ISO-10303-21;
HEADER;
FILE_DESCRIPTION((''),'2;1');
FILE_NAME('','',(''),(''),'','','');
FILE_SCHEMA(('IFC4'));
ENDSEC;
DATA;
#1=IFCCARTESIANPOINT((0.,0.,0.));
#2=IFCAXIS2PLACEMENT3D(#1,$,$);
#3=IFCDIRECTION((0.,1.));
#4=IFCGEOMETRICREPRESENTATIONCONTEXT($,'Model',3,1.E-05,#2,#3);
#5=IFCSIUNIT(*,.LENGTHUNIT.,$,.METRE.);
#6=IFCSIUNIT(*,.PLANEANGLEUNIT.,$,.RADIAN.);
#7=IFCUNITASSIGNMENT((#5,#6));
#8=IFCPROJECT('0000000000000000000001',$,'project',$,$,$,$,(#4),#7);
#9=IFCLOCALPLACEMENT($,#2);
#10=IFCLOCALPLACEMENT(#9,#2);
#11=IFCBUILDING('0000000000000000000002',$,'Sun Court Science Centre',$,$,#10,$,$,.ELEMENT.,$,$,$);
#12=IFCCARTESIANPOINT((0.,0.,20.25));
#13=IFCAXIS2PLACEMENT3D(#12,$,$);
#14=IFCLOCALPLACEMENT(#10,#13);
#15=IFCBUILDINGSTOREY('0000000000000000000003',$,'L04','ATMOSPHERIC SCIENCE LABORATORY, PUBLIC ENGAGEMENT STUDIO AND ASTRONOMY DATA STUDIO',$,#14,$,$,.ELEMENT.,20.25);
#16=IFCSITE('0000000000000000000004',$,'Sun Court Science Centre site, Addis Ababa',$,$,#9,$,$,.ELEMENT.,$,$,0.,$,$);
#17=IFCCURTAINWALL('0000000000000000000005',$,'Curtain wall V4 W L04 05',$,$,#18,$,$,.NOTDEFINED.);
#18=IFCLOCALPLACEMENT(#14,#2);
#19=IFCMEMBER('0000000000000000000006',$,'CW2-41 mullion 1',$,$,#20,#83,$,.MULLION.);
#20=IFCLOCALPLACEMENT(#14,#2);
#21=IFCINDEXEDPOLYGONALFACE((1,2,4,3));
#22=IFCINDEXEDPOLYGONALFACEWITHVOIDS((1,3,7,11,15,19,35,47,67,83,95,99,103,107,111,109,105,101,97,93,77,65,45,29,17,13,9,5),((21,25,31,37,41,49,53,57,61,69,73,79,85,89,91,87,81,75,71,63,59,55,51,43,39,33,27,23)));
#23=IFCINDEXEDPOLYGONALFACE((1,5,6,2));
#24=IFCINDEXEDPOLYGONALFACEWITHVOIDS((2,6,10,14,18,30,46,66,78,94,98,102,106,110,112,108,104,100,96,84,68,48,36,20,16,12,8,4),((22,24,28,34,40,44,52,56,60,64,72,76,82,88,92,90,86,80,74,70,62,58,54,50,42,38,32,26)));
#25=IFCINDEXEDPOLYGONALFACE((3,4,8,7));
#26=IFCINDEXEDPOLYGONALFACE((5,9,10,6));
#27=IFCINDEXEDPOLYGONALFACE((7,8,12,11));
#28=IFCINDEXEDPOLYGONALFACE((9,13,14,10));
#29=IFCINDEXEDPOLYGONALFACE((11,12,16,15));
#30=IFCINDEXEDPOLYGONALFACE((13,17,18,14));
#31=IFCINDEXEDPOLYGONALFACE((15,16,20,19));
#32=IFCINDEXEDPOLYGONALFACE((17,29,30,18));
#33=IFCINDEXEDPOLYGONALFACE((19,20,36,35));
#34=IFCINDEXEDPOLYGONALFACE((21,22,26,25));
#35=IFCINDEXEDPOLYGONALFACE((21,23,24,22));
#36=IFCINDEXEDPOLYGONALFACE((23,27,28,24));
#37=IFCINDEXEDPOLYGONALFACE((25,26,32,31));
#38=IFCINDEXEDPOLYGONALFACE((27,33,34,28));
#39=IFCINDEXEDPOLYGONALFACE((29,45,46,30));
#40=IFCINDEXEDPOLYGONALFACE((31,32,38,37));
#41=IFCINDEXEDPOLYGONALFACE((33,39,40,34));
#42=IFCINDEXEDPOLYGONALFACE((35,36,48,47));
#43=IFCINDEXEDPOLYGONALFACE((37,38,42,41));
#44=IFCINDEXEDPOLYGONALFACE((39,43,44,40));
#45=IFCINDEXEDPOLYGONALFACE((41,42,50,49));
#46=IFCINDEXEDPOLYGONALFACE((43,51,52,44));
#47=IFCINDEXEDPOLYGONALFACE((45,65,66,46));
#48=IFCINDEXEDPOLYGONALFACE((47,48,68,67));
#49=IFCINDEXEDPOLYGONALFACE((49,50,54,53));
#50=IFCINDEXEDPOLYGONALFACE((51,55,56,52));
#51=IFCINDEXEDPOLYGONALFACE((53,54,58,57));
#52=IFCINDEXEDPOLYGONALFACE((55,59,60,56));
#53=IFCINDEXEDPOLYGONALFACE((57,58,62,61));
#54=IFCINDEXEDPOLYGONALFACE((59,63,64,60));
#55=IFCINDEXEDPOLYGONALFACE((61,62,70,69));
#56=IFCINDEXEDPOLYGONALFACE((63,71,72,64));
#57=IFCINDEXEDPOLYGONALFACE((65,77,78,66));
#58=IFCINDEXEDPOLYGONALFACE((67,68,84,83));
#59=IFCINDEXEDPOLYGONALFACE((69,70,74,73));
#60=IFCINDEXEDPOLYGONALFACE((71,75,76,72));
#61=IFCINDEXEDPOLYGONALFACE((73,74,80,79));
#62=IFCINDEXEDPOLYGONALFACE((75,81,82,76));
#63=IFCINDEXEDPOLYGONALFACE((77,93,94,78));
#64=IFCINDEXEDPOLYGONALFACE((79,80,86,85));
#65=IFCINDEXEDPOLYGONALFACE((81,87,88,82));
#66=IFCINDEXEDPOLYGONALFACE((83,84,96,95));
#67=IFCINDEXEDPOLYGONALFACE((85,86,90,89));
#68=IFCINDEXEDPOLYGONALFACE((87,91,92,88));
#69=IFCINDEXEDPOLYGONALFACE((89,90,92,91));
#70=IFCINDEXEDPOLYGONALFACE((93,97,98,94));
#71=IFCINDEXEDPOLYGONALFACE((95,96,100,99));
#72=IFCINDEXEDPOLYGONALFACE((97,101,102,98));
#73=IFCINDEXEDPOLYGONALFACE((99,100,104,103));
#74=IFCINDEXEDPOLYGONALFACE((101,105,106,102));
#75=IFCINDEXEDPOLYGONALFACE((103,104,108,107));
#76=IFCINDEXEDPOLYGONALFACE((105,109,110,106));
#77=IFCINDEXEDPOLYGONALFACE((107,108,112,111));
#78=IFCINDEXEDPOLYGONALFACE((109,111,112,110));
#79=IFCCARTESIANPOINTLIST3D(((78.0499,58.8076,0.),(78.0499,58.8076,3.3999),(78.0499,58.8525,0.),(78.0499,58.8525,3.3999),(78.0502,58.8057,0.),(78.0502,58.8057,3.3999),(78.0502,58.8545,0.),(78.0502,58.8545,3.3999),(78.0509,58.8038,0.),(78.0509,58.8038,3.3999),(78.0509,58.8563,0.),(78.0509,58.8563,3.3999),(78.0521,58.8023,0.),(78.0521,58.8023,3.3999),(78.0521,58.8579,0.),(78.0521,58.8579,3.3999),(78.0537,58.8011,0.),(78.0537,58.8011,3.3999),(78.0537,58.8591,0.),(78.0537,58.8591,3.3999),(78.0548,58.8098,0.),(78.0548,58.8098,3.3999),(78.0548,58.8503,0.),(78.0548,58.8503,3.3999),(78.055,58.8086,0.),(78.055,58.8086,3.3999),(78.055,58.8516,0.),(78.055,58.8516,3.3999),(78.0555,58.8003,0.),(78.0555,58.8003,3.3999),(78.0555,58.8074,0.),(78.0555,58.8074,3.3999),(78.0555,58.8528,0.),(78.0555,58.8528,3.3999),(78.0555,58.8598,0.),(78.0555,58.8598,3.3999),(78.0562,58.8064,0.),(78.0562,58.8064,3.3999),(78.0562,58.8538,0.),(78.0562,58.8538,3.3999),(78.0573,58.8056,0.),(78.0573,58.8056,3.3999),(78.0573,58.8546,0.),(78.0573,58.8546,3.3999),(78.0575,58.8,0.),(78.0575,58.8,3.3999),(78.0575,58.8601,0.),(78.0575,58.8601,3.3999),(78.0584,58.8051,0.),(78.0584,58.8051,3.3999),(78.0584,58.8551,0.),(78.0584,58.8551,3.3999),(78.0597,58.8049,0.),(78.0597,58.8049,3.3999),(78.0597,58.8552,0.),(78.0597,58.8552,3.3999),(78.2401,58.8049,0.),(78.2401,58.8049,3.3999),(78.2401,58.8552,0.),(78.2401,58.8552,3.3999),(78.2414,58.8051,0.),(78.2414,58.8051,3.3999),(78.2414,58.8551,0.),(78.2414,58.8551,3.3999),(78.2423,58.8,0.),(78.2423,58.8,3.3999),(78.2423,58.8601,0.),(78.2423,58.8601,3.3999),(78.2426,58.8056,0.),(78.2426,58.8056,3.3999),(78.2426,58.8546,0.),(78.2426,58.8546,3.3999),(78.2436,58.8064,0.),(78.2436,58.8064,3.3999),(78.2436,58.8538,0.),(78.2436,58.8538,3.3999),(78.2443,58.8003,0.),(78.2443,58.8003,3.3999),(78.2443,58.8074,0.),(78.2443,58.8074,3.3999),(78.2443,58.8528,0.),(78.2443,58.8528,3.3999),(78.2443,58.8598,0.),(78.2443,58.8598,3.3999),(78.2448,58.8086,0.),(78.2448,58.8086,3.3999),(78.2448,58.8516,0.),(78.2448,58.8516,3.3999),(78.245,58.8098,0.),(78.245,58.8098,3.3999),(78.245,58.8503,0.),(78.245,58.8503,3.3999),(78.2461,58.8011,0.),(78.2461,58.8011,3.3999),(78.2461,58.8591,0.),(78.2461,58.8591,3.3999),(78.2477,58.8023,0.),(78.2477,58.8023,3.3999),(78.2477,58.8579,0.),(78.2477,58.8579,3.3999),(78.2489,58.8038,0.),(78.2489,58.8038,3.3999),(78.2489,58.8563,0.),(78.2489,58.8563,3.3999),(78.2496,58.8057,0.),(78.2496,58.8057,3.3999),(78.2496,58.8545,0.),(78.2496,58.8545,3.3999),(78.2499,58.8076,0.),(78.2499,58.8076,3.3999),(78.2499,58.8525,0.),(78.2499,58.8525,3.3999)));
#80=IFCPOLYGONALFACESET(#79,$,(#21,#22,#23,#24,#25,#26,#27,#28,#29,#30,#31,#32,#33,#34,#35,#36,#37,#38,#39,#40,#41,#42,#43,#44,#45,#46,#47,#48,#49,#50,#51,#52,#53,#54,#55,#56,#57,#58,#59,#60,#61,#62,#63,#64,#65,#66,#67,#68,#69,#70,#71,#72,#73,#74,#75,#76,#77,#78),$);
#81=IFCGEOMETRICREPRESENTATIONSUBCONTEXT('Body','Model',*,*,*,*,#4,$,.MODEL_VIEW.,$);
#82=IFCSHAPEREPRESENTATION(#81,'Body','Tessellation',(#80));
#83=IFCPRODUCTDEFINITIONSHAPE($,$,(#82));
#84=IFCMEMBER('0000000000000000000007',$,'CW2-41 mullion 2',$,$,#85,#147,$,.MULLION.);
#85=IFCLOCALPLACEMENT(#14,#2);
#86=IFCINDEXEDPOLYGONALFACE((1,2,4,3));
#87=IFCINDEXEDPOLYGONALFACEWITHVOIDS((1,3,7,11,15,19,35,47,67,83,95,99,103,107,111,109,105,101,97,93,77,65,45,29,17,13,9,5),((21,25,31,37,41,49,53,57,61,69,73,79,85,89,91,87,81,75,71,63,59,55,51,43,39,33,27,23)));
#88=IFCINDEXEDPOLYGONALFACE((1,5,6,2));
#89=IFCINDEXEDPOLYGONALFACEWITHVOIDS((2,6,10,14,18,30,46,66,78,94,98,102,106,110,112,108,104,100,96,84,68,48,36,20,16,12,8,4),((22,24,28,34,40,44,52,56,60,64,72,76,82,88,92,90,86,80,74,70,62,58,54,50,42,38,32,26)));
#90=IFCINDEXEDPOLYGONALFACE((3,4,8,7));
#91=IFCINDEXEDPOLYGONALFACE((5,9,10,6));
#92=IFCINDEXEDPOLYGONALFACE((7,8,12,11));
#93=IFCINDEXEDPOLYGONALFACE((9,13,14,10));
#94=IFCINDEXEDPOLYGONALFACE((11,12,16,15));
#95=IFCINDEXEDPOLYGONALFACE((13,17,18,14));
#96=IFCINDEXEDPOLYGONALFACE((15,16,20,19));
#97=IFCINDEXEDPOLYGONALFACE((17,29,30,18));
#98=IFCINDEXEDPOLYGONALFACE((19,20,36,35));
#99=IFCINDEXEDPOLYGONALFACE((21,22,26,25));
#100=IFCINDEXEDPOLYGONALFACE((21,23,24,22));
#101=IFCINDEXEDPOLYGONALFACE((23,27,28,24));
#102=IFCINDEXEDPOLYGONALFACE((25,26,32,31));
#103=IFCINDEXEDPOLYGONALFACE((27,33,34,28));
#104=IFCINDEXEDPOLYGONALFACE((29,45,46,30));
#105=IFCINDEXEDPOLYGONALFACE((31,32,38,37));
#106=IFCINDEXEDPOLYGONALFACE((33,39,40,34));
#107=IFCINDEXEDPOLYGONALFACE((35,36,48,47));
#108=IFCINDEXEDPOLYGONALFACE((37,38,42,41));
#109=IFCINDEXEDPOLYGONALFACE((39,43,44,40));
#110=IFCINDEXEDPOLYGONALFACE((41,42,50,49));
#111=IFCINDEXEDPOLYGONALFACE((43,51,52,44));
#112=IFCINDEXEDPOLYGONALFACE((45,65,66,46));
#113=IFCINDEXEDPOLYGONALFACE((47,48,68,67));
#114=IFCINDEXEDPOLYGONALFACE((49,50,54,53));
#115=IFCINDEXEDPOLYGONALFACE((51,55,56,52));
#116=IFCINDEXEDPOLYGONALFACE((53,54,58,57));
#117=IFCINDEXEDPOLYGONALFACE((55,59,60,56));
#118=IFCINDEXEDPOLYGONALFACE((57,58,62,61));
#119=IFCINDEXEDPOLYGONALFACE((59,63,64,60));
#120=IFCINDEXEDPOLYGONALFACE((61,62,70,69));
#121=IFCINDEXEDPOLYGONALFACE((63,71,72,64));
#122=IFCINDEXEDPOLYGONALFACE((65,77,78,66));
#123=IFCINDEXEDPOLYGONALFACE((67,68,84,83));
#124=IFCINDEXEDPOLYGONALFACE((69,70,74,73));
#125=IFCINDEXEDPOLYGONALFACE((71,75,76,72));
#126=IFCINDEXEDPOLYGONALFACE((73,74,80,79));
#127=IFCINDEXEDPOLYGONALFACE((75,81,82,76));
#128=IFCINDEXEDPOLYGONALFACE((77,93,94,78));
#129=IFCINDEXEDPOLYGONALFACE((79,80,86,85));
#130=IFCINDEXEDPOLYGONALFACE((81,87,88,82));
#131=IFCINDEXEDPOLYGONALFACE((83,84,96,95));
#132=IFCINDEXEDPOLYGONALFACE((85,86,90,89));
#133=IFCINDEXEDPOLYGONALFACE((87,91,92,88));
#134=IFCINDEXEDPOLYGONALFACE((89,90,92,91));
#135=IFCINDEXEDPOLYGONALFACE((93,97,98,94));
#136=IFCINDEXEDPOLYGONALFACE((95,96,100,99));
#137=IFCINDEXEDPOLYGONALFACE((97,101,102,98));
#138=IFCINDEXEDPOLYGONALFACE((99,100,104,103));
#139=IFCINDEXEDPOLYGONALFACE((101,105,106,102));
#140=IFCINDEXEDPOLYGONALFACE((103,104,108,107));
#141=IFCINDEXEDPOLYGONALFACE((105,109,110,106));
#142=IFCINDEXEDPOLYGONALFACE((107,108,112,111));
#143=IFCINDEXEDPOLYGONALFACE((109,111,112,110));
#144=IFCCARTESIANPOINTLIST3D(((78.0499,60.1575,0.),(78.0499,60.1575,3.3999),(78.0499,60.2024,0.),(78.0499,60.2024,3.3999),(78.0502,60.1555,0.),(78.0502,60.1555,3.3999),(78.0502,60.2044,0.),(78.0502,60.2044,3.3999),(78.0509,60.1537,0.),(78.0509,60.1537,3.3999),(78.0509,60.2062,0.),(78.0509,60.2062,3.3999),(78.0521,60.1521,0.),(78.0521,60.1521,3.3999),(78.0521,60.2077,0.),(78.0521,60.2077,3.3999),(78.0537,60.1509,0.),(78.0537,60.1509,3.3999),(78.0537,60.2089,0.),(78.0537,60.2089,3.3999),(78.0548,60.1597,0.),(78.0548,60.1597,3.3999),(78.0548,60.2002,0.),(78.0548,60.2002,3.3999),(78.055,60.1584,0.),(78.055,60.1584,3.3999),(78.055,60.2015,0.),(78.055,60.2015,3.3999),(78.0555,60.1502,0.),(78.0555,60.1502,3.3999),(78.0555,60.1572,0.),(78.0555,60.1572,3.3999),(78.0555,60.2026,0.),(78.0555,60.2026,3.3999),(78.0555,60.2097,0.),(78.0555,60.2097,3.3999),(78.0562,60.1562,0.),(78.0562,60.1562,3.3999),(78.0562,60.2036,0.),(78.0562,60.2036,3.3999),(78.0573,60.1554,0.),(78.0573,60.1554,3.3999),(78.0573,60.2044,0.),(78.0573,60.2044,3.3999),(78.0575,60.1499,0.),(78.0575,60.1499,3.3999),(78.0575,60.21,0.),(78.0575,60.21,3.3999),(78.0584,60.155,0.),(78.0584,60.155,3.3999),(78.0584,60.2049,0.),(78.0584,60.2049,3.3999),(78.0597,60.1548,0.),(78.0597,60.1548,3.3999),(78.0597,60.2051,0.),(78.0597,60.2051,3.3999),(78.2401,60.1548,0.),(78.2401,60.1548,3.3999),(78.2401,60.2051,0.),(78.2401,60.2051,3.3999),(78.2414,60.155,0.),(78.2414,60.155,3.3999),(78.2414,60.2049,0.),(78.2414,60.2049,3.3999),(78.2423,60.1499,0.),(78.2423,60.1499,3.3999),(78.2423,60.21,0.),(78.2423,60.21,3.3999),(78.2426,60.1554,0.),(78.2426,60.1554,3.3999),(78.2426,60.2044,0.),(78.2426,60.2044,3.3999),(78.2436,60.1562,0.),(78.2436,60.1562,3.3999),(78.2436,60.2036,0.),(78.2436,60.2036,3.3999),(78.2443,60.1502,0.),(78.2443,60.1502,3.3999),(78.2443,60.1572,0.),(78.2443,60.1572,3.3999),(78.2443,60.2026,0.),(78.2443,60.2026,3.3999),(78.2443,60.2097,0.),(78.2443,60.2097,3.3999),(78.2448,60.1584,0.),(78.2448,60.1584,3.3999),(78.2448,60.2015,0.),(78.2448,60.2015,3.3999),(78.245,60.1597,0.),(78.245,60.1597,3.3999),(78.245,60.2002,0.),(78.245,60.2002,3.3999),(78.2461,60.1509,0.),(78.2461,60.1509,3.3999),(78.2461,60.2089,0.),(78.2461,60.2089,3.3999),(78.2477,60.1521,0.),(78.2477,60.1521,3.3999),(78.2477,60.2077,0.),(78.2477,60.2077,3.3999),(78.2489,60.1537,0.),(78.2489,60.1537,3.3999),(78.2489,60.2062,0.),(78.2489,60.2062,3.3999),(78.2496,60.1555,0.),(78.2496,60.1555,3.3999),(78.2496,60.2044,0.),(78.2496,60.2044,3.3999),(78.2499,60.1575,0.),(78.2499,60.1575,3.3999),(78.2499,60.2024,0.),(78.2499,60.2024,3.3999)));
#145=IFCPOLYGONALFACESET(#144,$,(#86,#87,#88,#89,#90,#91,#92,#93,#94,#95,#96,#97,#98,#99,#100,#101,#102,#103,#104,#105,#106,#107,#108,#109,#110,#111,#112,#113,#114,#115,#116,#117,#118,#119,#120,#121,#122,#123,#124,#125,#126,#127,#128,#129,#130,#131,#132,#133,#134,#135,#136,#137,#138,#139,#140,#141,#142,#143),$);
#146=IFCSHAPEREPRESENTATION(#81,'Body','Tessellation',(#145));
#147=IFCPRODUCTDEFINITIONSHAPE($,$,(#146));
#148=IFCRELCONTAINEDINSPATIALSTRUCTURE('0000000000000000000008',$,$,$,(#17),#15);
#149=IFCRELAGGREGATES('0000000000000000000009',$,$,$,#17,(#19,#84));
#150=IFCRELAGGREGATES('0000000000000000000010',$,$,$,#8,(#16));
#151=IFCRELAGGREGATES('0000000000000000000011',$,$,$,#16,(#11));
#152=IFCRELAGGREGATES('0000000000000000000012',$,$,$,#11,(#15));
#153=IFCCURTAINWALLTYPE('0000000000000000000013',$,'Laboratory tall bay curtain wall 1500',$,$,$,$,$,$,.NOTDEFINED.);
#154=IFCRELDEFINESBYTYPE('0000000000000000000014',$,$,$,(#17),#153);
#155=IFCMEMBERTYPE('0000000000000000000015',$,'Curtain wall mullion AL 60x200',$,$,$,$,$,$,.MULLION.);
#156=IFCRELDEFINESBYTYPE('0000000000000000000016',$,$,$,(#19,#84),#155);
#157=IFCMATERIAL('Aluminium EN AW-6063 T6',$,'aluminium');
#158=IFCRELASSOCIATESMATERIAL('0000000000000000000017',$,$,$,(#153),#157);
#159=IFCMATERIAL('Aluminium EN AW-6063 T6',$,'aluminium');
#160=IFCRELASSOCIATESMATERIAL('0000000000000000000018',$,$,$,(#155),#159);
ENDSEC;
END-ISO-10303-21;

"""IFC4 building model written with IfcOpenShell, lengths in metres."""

from ifc_helpers import new_model, si_unit, direction, frame, origin, origin_2d, place, context, subcontext, project, spatial, hollow_rectangle, extrude, material, material_profile, profile_set, type_object, element, aggregate, save


model = new_model("IFC4")

# Units and contexts
model_context = context("Model", 3, precision=1e-05, world=origin(), true_north=direction((0.0, 1.0)))
body_context = subcontext(model_context, "Body", "Model", "MODEL_VIEW")
ifc_project = project(units=[si_unit("LENGTHUNIT", "METRE"), si_unit("PLANEANGLEUNIT", "RADIAN")], contexts=[model_context])

# Site, building, storey
site_placement = place(None, origin())
site = spatial("IfcSite", under=ifc_project, at=site_placement, Name="Sun Court Science Centre site, Addis Ababa", CompositionType="ELEMENT", RefElevation=0.0)
building_placement = place(site_placement, origin())
building = spatial("IfcBuilding", under=site, at=building_placement, Name="Sun Court Science Centre", CompositionType="ELEMENT")
storey_placement = place(building_placement, frame((0.0, 0.0, 20.25)))
storey = spatial("IfcBuildingStorey", under=building, at=storey_placement, Name="L04", Description="ATMOSPHERIC SCIENCE LABORATORY, PUBLIC ENGAGEMENT STUDIO AND ASTRONOMY DATA STUDIO", CompositionType="ELEMENT", Elevation=20.25)

# Curtain wall, members
ifc_material_1 = material(Name="Aluminium EN AW-6063 T6", Category="aluminium")
curtain_wall_type = type_object("IfcCurtainWallType", Name="Laboratory tall bay curtain wall 1500", PredefinedType="NOTDEFINED", material=ifc_material_1)
ifc_material_2 = material(Name="Aluminium EN AW-6063 T6", Category="aluminium")
ifc_material_profile_1 = material_profile(ifc_material_2, hollow_rectangle(XDim=0.0601, YDim=0.2, WallThickness=0.0049, InnerFilletRadius=0.0049, OuterFilletRadius=0.0076, at=origin_2d()), Name="AL 60x200x5")
ifc_profile_set_1 = profile_set([ifc_material_profile_1], Name="Aluminium EN AW-6063 T6")
member_type_1 = type_object("IfcMemberType", Name="Curtain wall mullion AL 60x200", PredefinedType="MULLION", material=ifc_profile_set_1)
curtain_wall_1_placement = place(storey_placement, origin())
curtain_wall_1 = element("IfcCurtainWall", 1, at=curtain_wall_1_placement, inside=storey, type_object=curtain_wall_type, Name="Curtain wall V4 W L04 05", PredefinedType="NOTDEFINED")
member_1_placement = place(storey_placement, frame((78.1499, 58.8301, 0.0), z_axis=(0.0, 0.0, 1.0), x_axis=(0.0, 1.0, 0.0)))
member_1 = element("IfcMember", 2, at=member_1_placement, type_object=member_type_1, Name="CW2-41 mullion 1", PredefinedType="MULLION", context=body_context, shape_type="SweptSolid", body=[
    extrude(hollow_rectangle(XDim=0.0601, YDim=0.2, WallThickness=0.0049, InnerFilletRadius=0.0049, OuterFilletRadius=0.0076, at=origin_2d()), origin(), (0.0, 0.0, 1.0), 3.3999),
])
member_2_placement = place(storey_placement, frame((78.1499, 60.1799, 0.0), z_axis=(0.0, 0.0, 1.0), x_axis=(0.0, 1.0, 0.0)))
member_2 = element("IfcMember", 3, at=member_2_placement, type_object=member_type_1, Name="CW2-41 mullion 2", PredefinedType="MULLION", context=body_context, shape_type="SweptSolid", body=[
    extrude(hollow_rectangle(XDim=0.0601, YDim=0.2, WallThickness=0.0049, InnerFilletRadius=0.0049, OuterFilletRadius=0.0076, at=origin_2d()), origin(), (0.0, 0.0, 1.0), 3.3999),
])

aggregate(curtain_wall_1, [member_1, member_2])

save(model, "model.ifc")
